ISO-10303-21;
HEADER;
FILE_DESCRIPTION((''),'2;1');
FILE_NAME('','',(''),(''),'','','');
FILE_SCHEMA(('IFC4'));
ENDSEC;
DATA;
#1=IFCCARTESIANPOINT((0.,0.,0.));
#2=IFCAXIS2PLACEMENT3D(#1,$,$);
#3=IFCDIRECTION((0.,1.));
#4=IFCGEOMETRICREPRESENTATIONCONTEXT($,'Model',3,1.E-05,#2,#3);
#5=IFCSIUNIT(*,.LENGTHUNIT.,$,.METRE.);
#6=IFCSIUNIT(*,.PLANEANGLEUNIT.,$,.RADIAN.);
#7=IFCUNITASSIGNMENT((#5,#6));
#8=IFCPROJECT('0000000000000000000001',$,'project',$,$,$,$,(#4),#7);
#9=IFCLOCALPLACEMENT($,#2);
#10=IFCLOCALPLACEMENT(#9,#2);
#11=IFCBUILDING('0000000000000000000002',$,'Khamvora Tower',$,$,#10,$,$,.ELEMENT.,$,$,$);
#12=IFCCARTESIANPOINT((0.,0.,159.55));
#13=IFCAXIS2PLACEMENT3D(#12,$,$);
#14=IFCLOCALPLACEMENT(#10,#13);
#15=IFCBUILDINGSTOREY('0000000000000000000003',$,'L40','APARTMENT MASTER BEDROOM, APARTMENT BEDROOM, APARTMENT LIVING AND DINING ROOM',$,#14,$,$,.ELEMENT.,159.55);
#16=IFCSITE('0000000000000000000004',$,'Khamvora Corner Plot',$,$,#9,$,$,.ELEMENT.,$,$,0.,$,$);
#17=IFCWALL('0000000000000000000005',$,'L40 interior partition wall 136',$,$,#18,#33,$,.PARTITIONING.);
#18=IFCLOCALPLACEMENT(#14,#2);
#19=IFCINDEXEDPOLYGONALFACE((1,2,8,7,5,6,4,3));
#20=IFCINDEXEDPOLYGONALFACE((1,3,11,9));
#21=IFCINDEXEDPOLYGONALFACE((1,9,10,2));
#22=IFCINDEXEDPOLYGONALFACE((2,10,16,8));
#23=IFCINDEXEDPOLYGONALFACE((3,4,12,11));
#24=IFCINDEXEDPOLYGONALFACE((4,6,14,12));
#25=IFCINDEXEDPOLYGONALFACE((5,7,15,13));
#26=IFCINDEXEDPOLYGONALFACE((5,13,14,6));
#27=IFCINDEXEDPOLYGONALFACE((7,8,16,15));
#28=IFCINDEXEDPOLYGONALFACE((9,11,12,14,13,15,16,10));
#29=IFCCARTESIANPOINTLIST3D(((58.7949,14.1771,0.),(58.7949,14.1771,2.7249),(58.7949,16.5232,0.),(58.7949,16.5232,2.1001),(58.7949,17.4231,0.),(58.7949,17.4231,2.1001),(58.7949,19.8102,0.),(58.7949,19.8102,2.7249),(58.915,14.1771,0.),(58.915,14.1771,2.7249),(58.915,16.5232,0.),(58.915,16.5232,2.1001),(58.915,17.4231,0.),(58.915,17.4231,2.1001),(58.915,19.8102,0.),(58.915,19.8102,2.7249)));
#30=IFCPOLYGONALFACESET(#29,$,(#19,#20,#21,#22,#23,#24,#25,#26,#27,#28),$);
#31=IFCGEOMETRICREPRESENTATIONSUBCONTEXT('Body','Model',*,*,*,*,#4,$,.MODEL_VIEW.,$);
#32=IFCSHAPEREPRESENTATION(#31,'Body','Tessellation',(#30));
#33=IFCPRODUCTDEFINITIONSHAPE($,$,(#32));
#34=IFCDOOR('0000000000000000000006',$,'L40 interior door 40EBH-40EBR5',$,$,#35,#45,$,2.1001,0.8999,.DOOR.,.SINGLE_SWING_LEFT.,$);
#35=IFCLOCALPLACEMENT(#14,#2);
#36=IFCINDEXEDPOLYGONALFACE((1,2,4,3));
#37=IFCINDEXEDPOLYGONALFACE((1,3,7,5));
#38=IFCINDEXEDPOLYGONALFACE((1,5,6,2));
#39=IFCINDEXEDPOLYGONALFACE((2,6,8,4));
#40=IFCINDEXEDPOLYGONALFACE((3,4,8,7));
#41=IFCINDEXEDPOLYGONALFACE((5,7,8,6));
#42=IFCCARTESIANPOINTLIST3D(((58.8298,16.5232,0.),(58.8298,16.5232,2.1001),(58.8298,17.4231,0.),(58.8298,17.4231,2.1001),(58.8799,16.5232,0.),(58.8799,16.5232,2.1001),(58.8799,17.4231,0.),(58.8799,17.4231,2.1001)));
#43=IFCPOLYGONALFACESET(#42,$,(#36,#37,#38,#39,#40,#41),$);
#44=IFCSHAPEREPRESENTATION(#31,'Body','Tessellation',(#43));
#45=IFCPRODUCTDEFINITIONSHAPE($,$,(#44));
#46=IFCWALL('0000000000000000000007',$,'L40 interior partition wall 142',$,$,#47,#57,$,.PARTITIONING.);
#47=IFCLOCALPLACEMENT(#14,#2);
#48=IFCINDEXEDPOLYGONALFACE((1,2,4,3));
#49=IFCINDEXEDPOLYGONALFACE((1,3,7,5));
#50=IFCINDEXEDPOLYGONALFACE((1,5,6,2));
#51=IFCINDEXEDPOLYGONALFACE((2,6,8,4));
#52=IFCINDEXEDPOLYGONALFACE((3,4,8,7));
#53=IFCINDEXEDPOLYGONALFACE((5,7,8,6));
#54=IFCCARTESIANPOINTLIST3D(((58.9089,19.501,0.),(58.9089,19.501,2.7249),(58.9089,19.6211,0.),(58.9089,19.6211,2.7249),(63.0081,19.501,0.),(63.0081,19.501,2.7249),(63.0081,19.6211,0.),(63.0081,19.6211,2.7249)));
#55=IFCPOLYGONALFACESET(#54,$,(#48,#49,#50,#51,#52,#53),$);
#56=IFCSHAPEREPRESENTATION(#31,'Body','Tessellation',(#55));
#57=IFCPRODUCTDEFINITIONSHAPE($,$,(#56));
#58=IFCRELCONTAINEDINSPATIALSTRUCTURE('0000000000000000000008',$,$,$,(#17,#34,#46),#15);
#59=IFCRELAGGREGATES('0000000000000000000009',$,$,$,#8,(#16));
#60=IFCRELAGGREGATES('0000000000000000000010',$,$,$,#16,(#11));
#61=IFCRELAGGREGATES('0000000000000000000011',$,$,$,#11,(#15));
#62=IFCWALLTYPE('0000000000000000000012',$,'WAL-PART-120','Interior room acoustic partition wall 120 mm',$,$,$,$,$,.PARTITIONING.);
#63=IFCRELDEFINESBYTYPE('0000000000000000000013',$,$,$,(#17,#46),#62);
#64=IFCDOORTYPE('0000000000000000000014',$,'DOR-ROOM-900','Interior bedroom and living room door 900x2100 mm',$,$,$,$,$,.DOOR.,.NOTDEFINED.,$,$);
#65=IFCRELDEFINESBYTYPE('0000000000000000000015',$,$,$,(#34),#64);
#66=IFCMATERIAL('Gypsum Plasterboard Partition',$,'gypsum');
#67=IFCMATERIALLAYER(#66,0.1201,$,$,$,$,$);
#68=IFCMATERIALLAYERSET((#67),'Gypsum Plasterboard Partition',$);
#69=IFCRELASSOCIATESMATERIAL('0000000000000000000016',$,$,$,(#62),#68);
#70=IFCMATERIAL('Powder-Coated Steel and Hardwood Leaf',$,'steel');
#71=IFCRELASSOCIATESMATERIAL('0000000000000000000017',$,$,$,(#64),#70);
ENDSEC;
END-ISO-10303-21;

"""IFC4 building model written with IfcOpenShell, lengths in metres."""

from ifc_helpers import new_model, si_unit, direction, frame, frame_2d, origin, place, context, subcontext, project, spatial, rectangle, extrude, material, layer, layer_set, type_object, element, fill, save


model = new_model("IFC4")

# Units and contexts
model_context = context("Model", 3, precision=1e-05, world=origin(), true_north=direction((0.0, 1.0)))
body_context = subcontext(model_context, "Body", "Model", "MODEL_VIEW")
ifc_project = project(units=[si_unit("LENGTHUNIT", "METRE"), si_unit("PLANEANGLEUNIT", "RADIAN")], contexts=[model_context])

# Site, building, storey
site_placement = place(None, origin())
site = spatial("IfcSite", under=ifc_project, at=site_placement, Name="Khamvora Corner Plot", CompositionType="ELEMENT", RefElevation=0.0)
building_placement = place(site_placement, origin())
building = spatial("IfcBuilding", under=site, at=building_placement, Name="Khamvora Tower", CompositionType="ELEMENT")
storey_placement = place(building_placement, frame((0.0, 0.0, 159.55)))
storey = spatial("IfcBuildingStorey", under=building, at=storey_placement, Name="L40", Description="APARTMENT MASTER BEDROOM, APARTMENT BEDROOM, APARTMENT LIVING AND DINING ROOM", CompositionType="ELEMENT", Elevation=159.55)

# Wall, opening, door
ifc_material_1 = material(Name="Gypsum Plasterboard Partition", Category="gypsum")
ifc_layer = layer(ifc_material_1, 0.1201)
ifc_layer_set = layer_set([ifc_layer], Name="Gypsum Plasterboard Partition")
wall_type = type_object("IfcWallType", Name="WAL-PART-120", Description="Interior room acoustic partition wall 120 mm", PredefinedType="PARTITIONING", material=ifc_layer_set)
ifc_material_2 = material(Name="Powder-Coated Steel and Hardwood Leaf", Category="steel")
door_type = type_object("IfcDoorType", Name="DOR-ROOM-900", Description="Interior bedroom and living room door 900x2100 mm", OperationType="NOTDEFINED", PredefinedType="DOOR", material=ifc_material_2)
wall_1_placement = place(storey_placement, frame((58.855, 19.8101, 0.0), z_axis=(0.0, 0.0, 1.0), x_axis=(0.0, -1.0, 0.0)))
wall_1 = element("IfcWall", 1, at=wall_1_placement, inside=storey, type_object=wall_type, Name="L40 interior partition wall 136", PredefinedType="PARTITIONING", context=body_context, shape_type="SweptSolid", body=[
    extrude(rectangle(XDim=5.6331, YDim=0.1201, at=frame_2d((2.8164, 0.0))), origin(), (0.0, 0.0, 1.0), 2.7249),
])
opening_1_placement = place(wall_1_placement, frame((2.387, 0.0, 0.0)))
opening_1 = element("IfcOpeningElement", 2, at=opening_1_placement, cuts=wall_1, PredefinedType="OPENING", context=body_context, shape_type="SweptSolid", body=[
    extrude(rectangle(XDim=0.8999, YDim=2.1001, at=frame_2d((0.45, 1.05))), frame((0.0, 0.0701, 0.0), z_axis=(0.0, -1.0, 0.0), x_axis=(1.0, 0.0, 0.0)), (0.0, 0.0, 1.0), 0.1401),
])
door_1_placement = place(opening_1_placement, origin())
door_1 = element("IfcDoor", 3, at=door_1_placement, inside=storey, type_object=door_type, Name="L40 interior door 40EBH-40EBR5", OperationType="SINGLE_SWING_LEFT", OverallHeight=2.1001, OverallWidth=0.8999, PredefinedType="DOOR", context=body_context, shape_type="SweptSolid", body=[
    extrude(rectangle(XDim=0.8999, YDim=2.1001, at=frame_2d((0.45, 1.05))), frame((0.0, 0.0249, 0.0), z_axis=(0.0, -1.0, 0.0), x_axis=(1.0, 0.0, 0.0)), (0.0, 0.0, 1.0), 0.05),
])
fill(opening_1, door_1)

# Wall
wall_2_placement = place(storey_placement, frame((58.9089, 19.561, 0.0), z_axis=(0.0, 0.0, 1.0), x_axis=(1.0, 0.0, 0.0)))
element("IfcWall", 4, at=wall_2_placement, inside=storey, type_object=wall_type, Name="L40 interior partition wall 142", PredefinedType="PARTITIONING", context=body_context, shape_type="SweptSolid", body=[
    extrude(rectangle(XDim=4.0991, YDim=0.1201, at=frame_2d((2.0496, 0.0))), origin(), (0.0, 0.0, 1.0), 2.7249),
])

save(model, "model.ifc")
